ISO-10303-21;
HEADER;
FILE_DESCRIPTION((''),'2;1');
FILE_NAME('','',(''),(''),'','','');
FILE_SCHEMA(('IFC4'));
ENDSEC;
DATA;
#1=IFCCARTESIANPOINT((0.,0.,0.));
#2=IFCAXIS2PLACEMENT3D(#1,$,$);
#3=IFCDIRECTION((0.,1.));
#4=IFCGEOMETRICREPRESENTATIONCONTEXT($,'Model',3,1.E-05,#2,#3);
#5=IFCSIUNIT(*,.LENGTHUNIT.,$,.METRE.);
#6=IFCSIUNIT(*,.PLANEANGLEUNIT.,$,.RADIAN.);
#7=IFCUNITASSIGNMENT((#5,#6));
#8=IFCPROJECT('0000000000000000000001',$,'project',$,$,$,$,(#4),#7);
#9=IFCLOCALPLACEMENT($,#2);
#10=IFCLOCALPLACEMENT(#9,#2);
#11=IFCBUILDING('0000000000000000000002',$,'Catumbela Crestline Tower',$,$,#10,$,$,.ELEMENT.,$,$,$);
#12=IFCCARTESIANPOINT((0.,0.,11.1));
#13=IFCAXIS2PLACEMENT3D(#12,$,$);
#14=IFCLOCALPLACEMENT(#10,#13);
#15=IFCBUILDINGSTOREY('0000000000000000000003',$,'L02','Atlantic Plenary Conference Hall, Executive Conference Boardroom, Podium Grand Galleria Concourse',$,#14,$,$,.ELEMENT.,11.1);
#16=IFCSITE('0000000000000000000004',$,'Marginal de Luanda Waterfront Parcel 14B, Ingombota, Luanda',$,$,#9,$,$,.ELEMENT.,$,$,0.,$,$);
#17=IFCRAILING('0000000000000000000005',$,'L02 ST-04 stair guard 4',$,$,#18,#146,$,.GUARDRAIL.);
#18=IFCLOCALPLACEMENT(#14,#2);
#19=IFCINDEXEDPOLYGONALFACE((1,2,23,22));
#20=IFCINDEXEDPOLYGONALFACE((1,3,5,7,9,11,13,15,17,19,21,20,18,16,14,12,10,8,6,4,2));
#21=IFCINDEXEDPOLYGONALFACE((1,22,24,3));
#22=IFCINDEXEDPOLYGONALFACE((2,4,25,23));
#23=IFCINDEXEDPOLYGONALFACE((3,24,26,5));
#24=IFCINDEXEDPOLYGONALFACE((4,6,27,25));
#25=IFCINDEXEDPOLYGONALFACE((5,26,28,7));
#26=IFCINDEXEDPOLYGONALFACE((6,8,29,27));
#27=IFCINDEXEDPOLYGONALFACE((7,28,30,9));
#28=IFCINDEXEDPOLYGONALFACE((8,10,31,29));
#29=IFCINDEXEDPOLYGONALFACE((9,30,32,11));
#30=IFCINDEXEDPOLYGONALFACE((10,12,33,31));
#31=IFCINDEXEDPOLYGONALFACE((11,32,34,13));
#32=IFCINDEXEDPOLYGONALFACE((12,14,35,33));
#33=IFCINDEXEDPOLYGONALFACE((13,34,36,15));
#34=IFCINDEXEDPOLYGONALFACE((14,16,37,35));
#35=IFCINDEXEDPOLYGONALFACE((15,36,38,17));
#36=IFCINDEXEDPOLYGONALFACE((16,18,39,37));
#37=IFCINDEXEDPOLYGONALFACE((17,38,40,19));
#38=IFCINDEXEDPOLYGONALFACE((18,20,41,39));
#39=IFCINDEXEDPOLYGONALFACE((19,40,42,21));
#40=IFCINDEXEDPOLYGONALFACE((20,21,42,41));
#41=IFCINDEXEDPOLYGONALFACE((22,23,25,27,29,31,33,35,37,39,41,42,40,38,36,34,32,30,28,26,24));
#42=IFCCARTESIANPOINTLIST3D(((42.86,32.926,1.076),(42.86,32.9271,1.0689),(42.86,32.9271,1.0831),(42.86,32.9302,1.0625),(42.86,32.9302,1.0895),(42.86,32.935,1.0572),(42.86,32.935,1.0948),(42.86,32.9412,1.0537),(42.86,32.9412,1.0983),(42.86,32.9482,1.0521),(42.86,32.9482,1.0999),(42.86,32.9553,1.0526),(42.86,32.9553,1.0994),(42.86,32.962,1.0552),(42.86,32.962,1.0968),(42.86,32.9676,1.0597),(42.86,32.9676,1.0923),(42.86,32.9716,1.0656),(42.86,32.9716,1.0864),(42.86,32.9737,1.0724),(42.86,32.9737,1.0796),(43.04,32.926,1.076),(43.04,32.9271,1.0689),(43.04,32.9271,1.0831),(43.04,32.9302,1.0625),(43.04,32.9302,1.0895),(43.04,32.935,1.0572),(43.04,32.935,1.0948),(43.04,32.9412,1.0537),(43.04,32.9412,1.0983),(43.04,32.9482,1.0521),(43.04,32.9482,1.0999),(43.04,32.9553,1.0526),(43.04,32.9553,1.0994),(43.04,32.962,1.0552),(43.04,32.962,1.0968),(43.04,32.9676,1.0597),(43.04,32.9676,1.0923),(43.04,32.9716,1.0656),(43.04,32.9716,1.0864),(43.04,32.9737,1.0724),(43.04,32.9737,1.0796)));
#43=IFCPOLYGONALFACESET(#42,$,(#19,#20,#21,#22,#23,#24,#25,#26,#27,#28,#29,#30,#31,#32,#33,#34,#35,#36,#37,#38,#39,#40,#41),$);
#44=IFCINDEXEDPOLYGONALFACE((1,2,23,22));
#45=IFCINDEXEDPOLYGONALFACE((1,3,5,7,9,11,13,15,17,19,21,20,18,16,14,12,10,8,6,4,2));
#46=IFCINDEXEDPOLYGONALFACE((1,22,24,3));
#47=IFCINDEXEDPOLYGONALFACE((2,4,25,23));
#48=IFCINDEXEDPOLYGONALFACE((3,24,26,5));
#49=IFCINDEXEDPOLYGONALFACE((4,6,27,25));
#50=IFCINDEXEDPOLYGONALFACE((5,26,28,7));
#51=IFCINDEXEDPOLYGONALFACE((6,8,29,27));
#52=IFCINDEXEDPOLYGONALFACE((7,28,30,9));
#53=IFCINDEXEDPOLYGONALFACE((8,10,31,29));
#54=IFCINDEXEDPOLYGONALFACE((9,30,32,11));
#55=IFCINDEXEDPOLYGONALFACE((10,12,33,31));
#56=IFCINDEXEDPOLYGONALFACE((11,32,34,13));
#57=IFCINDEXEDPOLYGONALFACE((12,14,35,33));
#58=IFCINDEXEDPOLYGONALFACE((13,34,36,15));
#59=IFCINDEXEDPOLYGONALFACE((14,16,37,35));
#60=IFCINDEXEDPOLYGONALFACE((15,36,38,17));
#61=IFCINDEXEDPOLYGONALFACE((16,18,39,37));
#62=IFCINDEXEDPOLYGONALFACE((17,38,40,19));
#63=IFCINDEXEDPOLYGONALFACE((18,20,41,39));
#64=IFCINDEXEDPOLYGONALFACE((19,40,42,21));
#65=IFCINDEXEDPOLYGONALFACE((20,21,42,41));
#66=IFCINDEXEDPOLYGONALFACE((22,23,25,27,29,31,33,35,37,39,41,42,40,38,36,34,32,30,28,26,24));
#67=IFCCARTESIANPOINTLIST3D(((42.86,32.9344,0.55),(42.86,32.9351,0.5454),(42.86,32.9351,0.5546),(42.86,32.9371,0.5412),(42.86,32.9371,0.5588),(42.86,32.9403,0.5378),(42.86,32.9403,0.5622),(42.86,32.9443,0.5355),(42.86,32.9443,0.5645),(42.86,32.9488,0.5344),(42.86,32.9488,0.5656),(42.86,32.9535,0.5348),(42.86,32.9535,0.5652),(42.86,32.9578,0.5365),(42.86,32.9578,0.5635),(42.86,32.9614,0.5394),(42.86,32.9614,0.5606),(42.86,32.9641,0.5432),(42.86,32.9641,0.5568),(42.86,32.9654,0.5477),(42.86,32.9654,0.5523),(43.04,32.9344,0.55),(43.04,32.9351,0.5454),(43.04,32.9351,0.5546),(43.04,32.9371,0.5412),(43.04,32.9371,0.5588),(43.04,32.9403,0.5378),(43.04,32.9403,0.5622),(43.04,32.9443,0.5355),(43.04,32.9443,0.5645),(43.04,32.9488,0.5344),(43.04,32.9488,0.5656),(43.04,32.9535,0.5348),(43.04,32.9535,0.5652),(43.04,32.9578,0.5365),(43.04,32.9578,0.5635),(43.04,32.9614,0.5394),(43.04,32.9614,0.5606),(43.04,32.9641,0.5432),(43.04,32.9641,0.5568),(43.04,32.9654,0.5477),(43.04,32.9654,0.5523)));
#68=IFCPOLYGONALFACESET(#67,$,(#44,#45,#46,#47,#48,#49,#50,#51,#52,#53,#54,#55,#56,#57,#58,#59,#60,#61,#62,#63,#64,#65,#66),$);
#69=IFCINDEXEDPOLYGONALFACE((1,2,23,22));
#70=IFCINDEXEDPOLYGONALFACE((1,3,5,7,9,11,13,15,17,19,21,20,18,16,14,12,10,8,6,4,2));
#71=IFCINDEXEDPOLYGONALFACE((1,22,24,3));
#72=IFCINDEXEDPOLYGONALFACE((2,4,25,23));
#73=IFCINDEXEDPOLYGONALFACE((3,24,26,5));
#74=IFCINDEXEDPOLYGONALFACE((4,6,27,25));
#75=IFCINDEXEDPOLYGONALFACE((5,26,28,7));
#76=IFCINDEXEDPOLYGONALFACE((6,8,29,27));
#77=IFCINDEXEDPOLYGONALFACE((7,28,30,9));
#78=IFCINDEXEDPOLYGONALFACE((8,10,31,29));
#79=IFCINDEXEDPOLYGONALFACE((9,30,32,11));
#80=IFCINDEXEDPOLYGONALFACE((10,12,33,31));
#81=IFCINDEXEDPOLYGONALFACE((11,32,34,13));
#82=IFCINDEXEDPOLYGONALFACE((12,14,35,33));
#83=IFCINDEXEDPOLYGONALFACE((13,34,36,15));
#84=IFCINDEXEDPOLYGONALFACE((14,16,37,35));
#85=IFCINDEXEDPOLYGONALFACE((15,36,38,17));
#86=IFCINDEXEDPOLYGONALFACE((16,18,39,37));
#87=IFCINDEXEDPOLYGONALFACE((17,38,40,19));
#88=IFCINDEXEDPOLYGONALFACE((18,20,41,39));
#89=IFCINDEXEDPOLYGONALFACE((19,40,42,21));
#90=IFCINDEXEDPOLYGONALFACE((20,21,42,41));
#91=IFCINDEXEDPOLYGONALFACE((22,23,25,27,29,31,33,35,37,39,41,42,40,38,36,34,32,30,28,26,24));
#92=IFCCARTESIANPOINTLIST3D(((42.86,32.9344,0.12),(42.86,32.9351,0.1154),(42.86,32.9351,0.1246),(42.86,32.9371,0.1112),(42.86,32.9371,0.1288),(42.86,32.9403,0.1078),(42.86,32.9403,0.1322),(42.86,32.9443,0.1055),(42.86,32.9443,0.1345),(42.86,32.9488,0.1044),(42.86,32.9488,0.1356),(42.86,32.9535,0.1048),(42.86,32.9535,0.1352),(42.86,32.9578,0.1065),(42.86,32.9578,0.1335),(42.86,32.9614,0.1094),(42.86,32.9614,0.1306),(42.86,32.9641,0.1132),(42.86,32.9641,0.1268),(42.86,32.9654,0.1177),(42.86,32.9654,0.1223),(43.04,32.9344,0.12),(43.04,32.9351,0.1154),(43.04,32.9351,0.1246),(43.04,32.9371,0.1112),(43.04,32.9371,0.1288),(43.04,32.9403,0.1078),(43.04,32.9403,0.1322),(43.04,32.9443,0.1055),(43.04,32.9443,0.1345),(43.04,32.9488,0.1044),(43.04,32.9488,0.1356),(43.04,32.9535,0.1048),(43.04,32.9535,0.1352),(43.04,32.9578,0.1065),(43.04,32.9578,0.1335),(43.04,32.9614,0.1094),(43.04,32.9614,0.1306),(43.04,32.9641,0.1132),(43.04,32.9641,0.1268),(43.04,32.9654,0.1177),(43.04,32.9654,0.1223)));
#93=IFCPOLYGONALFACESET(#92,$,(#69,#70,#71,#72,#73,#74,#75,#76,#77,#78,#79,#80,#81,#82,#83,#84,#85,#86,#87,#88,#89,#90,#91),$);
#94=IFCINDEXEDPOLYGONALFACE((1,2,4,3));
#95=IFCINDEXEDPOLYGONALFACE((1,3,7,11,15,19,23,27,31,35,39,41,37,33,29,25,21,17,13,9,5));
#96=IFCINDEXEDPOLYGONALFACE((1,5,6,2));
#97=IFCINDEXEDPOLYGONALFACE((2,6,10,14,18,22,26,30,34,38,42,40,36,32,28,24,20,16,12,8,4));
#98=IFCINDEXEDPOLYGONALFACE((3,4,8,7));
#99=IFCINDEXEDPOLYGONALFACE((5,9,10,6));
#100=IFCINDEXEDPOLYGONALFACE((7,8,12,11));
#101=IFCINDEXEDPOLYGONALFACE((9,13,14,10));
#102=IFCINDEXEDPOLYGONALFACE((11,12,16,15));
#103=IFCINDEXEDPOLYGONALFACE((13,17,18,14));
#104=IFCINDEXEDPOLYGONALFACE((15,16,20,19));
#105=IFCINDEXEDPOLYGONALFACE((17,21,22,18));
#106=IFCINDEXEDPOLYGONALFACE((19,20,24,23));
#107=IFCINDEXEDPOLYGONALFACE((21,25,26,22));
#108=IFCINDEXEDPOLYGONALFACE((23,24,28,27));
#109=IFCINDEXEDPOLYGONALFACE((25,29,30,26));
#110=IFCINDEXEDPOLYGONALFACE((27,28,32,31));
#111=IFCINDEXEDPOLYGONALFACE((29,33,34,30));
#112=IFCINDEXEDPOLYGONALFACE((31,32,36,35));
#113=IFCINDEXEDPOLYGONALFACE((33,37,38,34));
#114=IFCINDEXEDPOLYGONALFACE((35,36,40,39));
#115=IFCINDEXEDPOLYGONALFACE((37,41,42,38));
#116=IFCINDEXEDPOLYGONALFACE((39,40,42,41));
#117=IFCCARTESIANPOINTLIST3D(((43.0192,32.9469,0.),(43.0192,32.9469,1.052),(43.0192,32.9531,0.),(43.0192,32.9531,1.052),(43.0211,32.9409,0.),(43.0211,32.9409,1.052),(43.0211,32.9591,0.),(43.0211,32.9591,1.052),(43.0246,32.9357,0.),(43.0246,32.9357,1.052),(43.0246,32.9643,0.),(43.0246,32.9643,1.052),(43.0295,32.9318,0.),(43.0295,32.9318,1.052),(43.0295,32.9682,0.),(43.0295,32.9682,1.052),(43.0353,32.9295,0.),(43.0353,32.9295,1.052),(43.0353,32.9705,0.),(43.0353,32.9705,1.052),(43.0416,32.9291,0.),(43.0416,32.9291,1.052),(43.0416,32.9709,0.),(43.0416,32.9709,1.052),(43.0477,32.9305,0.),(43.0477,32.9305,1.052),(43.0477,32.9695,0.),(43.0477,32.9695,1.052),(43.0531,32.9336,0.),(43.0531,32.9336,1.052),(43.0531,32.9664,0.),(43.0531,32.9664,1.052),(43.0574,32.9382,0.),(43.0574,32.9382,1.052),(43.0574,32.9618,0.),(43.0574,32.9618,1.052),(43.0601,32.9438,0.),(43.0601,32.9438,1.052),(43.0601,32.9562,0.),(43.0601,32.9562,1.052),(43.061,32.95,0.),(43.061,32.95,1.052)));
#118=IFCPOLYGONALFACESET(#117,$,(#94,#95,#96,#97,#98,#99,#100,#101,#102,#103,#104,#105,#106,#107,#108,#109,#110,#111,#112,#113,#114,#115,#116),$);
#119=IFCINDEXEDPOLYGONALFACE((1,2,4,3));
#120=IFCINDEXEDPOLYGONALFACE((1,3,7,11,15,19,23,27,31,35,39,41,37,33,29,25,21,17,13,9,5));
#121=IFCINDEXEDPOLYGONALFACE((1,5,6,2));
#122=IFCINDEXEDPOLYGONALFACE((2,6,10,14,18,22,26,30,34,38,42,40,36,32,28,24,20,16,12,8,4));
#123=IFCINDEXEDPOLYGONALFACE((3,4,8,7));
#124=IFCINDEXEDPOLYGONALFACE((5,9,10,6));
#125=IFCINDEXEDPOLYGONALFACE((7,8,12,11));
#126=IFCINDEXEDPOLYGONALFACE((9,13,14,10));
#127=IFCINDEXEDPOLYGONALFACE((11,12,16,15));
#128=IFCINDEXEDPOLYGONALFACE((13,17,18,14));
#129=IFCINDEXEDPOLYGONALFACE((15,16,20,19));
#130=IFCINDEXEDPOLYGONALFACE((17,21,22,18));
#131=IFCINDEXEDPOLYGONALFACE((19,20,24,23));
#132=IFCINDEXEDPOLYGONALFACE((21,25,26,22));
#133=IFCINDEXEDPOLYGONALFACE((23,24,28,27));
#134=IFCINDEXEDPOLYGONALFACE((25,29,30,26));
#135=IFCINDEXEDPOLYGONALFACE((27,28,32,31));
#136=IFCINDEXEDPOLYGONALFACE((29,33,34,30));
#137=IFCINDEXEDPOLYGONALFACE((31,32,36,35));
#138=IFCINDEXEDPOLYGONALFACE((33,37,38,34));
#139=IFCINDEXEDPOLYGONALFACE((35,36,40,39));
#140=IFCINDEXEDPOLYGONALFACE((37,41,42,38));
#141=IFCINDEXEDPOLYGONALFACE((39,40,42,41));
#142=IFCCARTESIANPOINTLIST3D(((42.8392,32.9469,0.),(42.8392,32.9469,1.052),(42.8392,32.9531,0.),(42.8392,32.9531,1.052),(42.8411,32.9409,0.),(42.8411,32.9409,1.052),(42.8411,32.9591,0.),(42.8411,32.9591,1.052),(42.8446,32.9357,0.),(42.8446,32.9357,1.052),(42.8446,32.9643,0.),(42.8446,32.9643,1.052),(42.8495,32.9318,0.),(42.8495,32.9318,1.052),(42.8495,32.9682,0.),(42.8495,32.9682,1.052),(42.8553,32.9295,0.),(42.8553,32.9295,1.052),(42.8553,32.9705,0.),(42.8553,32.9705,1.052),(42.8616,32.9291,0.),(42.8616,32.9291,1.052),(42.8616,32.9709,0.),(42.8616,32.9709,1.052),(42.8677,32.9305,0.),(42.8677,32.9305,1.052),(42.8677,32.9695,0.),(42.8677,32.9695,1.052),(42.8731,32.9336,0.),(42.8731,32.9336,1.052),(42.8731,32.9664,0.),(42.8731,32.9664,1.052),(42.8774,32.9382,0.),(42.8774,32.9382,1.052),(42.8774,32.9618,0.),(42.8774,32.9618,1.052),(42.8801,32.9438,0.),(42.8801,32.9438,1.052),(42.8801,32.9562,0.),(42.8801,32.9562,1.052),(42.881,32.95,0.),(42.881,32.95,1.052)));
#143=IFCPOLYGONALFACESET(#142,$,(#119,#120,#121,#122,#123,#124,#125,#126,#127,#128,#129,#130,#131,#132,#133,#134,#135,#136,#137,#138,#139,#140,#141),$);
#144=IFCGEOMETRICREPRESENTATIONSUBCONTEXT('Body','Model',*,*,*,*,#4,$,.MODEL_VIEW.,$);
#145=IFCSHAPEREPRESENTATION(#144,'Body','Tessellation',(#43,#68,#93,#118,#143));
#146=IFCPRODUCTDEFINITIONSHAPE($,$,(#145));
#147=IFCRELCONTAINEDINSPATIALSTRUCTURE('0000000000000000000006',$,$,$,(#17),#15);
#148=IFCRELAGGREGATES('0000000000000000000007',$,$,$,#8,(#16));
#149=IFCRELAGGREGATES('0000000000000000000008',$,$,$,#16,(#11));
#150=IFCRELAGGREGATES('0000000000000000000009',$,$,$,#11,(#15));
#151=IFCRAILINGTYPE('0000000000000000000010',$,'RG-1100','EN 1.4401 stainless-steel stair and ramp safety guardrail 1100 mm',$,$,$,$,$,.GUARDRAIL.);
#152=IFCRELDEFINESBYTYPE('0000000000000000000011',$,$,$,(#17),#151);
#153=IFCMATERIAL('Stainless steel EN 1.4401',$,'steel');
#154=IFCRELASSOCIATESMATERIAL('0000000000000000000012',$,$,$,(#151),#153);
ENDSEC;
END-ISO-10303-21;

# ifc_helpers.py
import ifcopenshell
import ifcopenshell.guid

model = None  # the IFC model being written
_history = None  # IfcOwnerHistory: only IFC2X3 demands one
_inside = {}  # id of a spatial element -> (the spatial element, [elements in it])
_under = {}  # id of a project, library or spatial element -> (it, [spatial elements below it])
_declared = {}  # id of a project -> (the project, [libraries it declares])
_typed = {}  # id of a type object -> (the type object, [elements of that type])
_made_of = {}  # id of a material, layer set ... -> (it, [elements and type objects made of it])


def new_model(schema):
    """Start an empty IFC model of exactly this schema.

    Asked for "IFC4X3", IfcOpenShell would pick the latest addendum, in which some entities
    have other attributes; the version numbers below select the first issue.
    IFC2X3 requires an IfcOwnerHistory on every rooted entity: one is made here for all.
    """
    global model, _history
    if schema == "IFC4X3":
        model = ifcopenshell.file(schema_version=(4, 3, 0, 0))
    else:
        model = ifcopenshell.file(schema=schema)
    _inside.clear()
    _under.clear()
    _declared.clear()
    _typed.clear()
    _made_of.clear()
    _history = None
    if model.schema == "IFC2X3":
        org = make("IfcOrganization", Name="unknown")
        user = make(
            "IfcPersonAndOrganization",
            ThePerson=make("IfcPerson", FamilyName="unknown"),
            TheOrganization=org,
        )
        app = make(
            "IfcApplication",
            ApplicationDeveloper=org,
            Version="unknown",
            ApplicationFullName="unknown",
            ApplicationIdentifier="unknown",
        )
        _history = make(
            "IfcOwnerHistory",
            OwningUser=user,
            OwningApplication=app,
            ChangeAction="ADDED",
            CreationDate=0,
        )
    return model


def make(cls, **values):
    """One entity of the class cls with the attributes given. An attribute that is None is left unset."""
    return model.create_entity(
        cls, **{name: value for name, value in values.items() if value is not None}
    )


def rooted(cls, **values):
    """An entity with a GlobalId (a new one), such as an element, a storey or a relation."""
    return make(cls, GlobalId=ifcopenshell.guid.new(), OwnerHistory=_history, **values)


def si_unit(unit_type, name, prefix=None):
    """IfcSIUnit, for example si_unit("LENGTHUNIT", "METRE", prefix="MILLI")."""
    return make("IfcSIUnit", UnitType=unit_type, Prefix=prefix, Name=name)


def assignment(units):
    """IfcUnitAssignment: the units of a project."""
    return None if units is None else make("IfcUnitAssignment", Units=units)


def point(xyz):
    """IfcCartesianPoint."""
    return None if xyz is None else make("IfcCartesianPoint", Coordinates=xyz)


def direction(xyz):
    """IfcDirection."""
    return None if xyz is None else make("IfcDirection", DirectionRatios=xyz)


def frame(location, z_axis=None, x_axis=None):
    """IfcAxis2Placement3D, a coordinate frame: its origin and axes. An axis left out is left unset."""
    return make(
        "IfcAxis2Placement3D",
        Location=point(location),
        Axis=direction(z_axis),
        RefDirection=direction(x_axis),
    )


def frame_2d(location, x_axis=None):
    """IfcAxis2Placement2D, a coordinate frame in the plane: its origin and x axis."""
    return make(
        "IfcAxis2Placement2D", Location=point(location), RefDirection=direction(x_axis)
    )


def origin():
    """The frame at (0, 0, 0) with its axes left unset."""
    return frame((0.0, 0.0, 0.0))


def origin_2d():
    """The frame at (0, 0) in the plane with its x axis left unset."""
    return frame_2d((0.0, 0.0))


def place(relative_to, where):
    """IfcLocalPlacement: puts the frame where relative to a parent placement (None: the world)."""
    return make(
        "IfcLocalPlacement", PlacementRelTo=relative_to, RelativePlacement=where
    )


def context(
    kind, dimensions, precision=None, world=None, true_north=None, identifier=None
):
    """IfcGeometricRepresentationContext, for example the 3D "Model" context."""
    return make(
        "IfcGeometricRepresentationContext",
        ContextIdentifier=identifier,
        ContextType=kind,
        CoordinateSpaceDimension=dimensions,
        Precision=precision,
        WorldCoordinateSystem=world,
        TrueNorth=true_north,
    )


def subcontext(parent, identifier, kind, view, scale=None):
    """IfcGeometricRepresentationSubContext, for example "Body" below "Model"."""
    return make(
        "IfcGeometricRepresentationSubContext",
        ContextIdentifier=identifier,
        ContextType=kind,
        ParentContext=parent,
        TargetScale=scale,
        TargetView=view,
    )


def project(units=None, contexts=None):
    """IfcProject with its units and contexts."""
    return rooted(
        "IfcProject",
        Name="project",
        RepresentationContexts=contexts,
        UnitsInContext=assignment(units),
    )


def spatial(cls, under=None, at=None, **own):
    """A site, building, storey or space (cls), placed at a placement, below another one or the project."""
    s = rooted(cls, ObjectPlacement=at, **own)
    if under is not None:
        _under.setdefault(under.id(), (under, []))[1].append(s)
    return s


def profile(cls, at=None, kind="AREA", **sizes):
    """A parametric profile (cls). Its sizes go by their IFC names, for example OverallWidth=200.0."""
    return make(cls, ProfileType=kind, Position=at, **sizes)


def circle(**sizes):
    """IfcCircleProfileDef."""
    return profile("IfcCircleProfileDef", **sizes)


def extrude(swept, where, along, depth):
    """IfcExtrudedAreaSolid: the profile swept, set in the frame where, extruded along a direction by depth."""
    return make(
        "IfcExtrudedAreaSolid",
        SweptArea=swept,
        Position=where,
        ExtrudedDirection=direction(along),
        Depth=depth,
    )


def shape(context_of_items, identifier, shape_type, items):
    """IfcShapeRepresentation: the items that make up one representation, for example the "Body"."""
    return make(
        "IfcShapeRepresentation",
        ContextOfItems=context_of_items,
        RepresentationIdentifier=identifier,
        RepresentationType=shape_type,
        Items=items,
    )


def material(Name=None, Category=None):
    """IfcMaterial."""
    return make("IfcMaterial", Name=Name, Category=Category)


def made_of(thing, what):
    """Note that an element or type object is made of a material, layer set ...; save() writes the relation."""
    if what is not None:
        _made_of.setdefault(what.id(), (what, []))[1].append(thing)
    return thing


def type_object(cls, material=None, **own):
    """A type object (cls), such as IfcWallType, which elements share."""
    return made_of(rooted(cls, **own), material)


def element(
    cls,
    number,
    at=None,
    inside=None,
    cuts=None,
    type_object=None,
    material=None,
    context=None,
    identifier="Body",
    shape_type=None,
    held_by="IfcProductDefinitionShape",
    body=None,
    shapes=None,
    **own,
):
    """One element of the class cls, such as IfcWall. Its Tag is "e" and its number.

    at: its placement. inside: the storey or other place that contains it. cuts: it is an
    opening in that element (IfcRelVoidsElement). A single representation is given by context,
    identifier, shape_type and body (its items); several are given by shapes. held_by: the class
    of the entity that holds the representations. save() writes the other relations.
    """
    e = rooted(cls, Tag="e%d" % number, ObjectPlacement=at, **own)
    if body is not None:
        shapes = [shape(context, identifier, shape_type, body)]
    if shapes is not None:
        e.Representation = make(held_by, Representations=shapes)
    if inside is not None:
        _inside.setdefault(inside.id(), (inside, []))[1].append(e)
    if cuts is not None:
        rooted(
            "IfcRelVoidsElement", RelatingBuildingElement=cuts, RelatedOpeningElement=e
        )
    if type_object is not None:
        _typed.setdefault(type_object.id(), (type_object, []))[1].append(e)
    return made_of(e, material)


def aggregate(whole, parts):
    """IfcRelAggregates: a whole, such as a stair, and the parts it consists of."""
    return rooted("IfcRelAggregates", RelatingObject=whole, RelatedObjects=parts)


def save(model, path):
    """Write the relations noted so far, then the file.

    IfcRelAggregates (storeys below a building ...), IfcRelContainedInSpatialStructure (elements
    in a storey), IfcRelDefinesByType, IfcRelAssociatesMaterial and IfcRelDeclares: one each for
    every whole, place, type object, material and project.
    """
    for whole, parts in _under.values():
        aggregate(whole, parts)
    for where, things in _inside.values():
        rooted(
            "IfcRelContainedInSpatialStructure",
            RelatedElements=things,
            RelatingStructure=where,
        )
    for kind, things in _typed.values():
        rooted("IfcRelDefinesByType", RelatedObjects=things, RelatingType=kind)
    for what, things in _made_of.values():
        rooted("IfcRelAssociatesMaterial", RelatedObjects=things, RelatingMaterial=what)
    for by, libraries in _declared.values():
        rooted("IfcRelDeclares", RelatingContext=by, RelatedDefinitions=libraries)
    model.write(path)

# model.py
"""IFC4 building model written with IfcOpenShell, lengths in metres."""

from ifc_helpers import new_model, si_unit, direction, frame, origin, origin_2d, place, context, subcontext, project, spatial, circle, extrude, material, type_object, element, save


model = new_model("IFC4")

# Units and contexts
model_context = context("Model", 3, precision=1e-05, world=origin(), true_north=direction((0.0, 1.0)))
body_context = subcontext(model_context, "Body", "Model", "MODEL_VIEW")
ifc_project = project(units=[si_unit("LENGTHUNIT", "METRE"), si_unit("PLANEANGLEUNIT", "RADIAN")], contexts=[model_context])

# Site, building, storey
site_placement = place(None, origin())
site = spatial("IfcSite", under=ifc_project, at=site_placement, Name="Marginal de Luanda Waterfront Parcel 14B, Ingombota, Luanda", CompositionType="ELEMENT", RefElevation=0.0)
building_placement = place(site_placement, origin())
building = spatial("IfcBuilding", under=site, at=building_placement, Name="Catumbela Crestline Tower", CompositionType="ELEMENT")
storey_placement = place(building_placement, frame((0.0, 0.0, 11.1)))
storey = spatial("IfcBuildingStorey", under=building, at=storey_placement, Name="L02", Description="Atlantic Plenary Conference Hall, Executive Conference Boardroom, Podium Grand Galleria Concourse", CompositionType="ELEMENT", Elevation=11.1)

# Railing
ifc_material_1 = material(Name="Stainless steel EN 1.4401", Category="steel")
railing_type_1 = type_object("IfcRailingType", Name="RG-1100", Description="EN 1.4401 stainless-steel stair and ramp safety guardrail 1100 mm", PredefinedType="GUARDRAIL", material=ifc_material_1)
railing_1_placement = place(storey_placement, frame((43.04, 32.95, 0.0)))
element("IfcRailing", 1, at=railing_1_placement, inside=storey, type_object=railing_type_1, Name="L02 ST-04 stair guard 4", PredefinedType="GUARDRAIL", context=body_context, shape_type="SweptSolid", body=[
    extrude(circle(Radius=0.024, at=origin_2d()), frame((0.0, 0.0, 1.076), z_axis=(-1.0, 0.0, 0.0), x_axis=(0.0, -1.0, 0.0)), (0.0, 0.0, 1.0), 0.18),
    extrude(circle(Radius=0.0156, at=origin_2d()), frame((0.0, 0.0, 0.55), z_axis=(-1.0, 0.0, 0.0), x_axis=(0.0, -1.0, 0.0)), (0.0, 0.0, 1.0), 0.18),
    extrude(circle(Radius=0.0156, at=origin_2d()), frame((0.0, 0.0, 0.12), z_axis=(-1.0, 0.0, 0.0), x_axis=(0.0, -1.0, 0.0)), (0.0, 0.0, 1.0), 0.18),
    extrude(circle(Radius=0.021, at=origin_2d()), origin(), (0.0, 0.0, 1.0), 1.052),
    extrude(circle(Radius=0.021, at=origin_2d()), frame((-0.18, 0.0, 0.0)), (0.0, 0.0, 1.0), 1.052),
])

save(model, "model.ifc")
